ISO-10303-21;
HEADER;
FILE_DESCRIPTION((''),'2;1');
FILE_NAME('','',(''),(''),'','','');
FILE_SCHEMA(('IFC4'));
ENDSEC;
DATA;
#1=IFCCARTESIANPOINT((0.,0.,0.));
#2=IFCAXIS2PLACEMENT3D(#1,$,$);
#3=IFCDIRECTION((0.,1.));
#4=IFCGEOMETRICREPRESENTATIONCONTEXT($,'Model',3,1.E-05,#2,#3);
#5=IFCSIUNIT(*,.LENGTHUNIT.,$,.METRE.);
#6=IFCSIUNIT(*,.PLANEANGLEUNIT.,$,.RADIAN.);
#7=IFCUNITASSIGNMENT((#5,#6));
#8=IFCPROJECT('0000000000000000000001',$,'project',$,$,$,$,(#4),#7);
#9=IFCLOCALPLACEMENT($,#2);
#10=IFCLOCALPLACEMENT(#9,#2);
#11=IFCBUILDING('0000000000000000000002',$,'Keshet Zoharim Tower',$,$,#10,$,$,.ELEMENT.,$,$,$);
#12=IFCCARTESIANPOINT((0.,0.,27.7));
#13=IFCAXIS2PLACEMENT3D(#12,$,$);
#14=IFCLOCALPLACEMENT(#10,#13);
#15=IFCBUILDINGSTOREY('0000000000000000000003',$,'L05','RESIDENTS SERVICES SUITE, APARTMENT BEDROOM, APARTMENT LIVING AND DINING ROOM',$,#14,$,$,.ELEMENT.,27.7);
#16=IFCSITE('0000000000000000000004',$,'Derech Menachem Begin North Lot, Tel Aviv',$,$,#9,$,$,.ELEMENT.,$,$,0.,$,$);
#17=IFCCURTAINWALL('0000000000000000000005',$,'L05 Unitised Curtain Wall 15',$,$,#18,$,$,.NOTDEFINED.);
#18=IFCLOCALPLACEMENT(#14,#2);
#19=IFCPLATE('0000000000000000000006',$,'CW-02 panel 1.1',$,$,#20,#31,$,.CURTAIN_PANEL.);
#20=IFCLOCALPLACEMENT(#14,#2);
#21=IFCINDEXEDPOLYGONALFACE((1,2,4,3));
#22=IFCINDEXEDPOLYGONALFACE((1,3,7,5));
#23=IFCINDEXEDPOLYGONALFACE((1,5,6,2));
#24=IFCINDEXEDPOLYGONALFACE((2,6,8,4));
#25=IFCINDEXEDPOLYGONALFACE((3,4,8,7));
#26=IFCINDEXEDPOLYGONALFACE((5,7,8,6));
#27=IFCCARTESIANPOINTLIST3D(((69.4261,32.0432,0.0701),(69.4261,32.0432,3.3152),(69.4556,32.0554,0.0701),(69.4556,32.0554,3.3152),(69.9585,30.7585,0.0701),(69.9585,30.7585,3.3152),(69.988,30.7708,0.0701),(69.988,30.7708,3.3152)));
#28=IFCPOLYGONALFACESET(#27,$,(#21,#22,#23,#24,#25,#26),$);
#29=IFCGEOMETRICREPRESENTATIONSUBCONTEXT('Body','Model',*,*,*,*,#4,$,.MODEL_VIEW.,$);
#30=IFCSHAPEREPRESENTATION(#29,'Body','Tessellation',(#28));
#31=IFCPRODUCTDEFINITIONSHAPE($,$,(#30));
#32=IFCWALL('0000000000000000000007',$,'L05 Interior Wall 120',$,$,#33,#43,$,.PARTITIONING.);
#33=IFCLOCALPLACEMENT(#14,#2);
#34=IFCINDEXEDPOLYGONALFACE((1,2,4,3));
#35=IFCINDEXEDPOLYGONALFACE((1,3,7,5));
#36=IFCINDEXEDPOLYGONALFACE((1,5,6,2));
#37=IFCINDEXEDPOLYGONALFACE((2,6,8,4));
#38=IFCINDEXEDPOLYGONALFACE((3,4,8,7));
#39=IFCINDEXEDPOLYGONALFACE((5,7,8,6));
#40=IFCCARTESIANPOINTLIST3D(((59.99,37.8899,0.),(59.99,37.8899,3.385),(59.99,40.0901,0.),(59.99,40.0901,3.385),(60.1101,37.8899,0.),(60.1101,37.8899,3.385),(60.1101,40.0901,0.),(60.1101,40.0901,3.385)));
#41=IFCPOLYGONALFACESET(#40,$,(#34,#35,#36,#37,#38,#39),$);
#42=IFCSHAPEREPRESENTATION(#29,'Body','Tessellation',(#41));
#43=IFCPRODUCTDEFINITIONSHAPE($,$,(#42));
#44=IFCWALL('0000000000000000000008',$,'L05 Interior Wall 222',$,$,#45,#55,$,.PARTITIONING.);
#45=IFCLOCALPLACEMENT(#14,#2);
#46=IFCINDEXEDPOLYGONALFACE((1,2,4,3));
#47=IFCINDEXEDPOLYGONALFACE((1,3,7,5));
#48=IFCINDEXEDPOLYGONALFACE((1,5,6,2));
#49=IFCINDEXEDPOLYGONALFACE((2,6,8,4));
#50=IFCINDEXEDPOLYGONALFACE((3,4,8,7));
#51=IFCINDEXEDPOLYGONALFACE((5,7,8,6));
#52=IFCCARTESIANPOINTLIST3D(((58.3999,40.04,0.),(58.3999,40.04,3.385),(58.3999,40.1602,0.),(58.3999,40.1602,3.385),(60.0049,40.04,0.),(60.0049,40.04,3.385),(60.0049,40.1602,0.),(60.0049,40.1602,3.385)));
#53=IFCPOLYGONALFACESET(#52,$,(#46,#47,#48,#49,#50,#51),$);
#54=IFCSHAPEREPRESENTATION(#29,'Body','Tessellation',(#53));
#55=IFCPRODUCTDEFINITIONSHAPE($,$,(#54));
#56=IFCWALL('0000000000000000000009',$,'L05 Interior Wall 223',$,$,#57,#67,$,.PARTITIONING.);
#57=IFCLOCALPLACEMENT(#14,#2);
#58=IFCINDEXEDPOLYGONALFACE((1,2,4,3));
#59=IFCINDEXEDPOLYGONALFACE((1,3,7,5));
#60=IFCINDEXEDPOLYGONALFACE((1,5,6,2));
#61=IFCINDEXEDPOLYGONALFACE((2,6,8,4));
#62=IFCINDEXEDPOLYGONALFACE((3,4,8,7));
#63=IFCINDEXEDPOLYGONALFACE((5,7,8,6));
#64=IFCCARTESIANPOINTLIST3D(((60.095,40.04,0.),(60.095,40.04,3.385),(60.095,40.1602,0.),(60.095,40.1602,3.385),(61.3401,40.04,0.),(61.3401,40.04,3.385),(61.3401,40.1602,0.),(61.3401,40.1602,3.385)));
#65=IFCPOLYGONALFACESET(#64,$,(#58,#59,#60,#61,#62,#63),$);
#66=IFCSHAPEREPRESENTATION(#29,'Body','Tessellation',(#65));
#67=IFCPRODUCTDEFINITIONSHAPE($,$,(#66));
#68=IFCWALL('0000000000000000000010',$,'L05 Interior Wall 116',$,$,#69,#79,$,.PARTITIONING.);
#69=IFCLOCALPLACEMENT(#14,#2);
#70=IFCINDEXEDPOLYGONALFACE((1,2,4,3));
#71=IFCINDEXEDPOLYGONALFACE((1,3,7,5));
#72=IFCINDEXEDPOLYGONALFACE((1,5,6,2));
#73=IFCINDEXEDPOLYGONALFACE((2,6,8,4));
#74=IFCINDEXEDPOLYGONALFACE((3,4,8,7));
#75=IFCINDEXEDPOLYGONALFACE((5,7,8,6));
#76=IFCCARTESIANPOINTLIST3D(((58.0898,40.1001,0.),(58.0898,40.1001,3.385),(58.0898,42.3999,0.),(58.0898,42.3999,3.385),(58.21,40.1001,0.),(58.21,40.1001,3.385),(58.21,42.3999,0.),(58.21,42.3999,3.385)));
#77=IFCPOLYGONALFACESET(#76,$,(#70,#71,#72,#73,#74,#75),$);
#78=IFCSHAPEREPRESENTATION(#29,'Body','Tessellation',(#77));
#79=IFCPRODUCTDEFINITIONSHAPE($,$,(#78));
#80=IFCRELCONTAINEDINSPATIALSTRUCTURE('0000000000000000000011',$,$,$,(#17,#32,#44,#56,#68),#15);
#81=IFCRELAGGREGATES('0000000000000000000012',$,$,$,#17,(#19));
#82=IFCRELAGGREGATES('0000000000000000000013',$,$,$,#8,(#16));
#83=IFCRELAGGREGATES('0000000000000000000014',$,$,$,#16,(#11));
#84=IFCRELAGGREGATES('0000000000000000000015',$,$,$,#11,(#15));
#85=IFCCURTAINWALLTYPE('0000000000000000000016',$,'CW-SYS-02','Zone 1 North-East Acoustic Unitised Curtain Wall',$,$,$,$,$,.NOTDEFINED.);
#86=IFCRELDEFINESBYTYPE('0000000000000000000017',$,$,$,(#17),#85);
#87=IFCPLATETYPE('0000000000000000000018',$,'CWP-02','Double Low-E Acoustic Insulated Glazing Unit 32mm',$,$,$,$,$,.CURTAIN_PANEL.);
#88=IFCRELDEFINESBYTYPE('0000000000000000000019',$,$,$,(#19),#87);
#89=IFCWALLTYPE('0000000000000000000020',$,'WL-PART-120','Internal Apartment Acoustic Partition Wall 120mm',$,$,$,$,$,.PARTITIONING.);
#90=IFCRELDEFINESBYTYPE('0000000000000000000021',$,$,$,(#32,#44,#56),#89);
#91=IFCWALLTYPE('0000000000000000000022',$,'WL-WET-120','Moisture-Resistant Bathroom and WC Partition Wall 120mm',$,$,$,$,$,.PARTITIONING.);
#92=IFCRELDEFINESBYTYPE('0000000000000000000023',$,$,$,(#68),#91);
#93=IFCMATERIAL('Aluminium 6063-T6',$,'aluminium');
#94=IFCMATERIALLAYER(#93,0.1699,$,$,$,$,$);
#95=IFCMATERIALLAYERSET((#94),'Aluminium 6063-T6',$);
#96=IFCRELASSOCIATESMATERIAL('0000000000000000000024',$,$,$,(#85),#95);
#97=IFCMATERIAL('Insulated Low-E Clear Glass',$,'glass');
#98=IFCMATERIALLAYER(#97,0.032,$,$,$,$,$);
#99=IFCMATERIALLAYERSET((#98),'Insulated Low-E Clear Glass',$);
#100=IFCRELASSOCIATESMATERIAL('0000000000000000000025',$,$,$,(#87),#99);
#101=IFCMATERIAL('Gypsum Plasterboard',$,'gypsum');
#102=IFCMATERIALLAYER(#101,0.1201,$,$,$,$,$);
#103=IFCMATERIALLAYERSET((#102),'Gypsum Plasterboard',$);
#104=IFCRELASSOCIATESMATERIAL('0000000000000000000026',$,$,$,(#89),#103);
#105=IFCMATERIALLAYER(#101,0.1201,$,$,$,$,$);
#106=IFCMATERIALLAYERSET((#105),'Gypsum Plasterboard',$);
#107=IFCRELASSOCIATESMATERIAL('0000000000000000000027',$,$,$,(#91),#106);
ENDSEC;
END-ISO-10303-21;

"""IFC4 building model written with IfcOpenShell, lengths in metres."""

from ifc_helpers import new_model, si_unit, direction, frame, frame_2d, origin, origin_2d, place, context, subcontext, project, spatial, rectangle, extrude, material, layer, layer_set, type_object, element, aggregate, save


model = new_model("IFC4")

# Units and contexts
model_context = context("Model", 3, precision=1e-05, world=origin(), true_north=direction((0.0, 1.0)))
body_context = subcontext(model_context, "Body", "Model", "MODEL_VIEW")
ifc_project = project(units=[si_unit("LENGTHUNIT", "METRE"), si_unit("PLANEANGLEUNIT", "RADIAN")], contexts=[model_context])

# Site, building, storey
site_placement = place(None, origin())
site = spatial("IfcSite", under=ifc_project, at=site_placement, Name="Derech Menachem Begin North Lot, Tel Aviv", CompositionType="ELEMENT", RefElevation=0.0)
building_placement = place(site_placement, origin())
building = spatial("IfcBuilding", under=site, at=building_placement, Name="Keshet Zoharim Tower", CompositionType="ELEMENT")
storey_placement = place(building_placement, frame((0.0, 0.0, 27.7)))
storey = spatial("IfcBuildingStorey", under=building, at=storey_placement, Name="L05", Description="RESIDENTS SERVICES SUITE, APARTMENT BEDROOM, APARTMENT LIVING AND DINING ROOM", CompositionType="ELEMENT", Elevation=27.7)

# Shared definitions
ifc_material_1 = material(Name="Aluminium 6063-T6", Category="aluminium")
ifc_layer_1 = layer(ifc_material_1, 0.1699)
ifc_layer_set_1 = layer_set([ifc_layer_1], Name="Aluminium 6063-T6")
curtain_wall_type_1 = type_object("IfcCurtainWallType", Name="CW-SYS-02", Description="Zone 1 North-East Acoustic Unitised Curtain Wall", PredefinedType="NOTDEFINED", material=ifc_layer_set_1)

# Curtain wall
curtain_wall_1_placement = place(storey_placement, origin())
curtain_wall_1 = element("IfcCurtainWall", 1, at=curtain_wall_1_placement, inside=storey, type_object=curtain_wall_type_1, Name="L05 Unitised Curtain Wall 15", PredefinedType="NOTDEFINED")

# Plate
ifc_material_2 = material(Name="Insulated Low-E Clear Glass", Category="glass")
ifc_layer_2 = layer(ifc_material_2, 0.032)
ifc_layer_set_2 = layer_set([ifc_layer_2], Name="Insulated Low-E Clear Glass")
plate_type_1 = type_object("IfcPlateType", Name="CWP-02", Description="Double Low-E Acoustic Insulated Glazing Unit 32mm", PredefinedType="CURTAIN_PANEL", material=ifc_layer_set_2)
plate_1_placement = place(storey_placement, frame((69.707, 31.407, 0.0701), z_axis=(0.0, 0.0, 1.0), x_axis=(0.382852, -0.92381, 0.0)))
plate_1 = element("IfcPlate", 2, at=plate_1_placement, type_object=plate_type_1, Name="CW-02 panel 1.1", PredefinedType="CURTAIN_PANEL", context=body_context, shape_type="SweptSolid", body=[
    extrude(rectangle(XDim=1.3906, YDim=0.032, at=origin_2d()), origin(), (0.0, 0.0, 1.0), 3.2451),
])
aggregate(curtain_wall_1, [plate_1])

# Walls
ifc_material_3 = material(Name="Gypsum Plasterboard", Category="gypsum")
ifc_layer_3 = layer(ifc_material_3, 0.1201)
ifc_layer_set_3 = layer_set([ifc_layer_3], Name="Gypsum Plasterboard")
wall_type_1 = type_object("IfcWallType", Name="WL-PART-120", Description="Internal Apartment Acoustic Partition Wall 120mm", PredefinedType="PARTITIONING", material=ifc_layer_set_3)
wall_1_placement = place(storey_placement, frame((60.05, 37.8899, 0.0), z_axis=(0.0, 0.0, 1.0), x_axis=(0.0, 1.0, 0.0)))
element("IfcWall", 3, at=wall_1_placement, inside=storey, type_object=wall_type_1, Name="L05 Interior Wall 120", PredefinedType="PARTITIONING", context=body_context, shape_type="SweptSolid", body=[
    extrude(rectangle(XDim=2.2002, YDim=0.1201, at=frame_2d((1.1001, 0.0))), origin(), (0.0, 0.0, 1.0), 3.385),
])
wall_2_placement = place(storey_placement, frame((58.3999, 40.1001, 0.0), z_axis=(0.0, 0.0, 1.0), x_axis=(1.0, 0.0, 0.0)))
element("IfcWall", 4, at=wall_2_placement, inside=storey, type_object=wall_type_1, Name="L05 Interior Wall 222", PredefinedType="PARTITIONING", context=body_context, shape_type="SweptSolid", body=[
    extrude(rectangle(XDim=1.605, YDim=0.1201, at=frame_2d((0.8025, 0.0))), origin(), (0.0, 0.0, 1.0), 3.385),
])
wall_3_placement = place(storey_placement, frame((60.095, 40.1001, 0.0), z_axis=(0.0, 0.0, 1.0), x_axis=(1.0, 0.0, 0.0)))
element("IfcWall", 5, at=wall_3_placement, inside=storey, type_object=wall_type_1, Name="L05 Interior Wall 223", PredefinedType="PARTITIONING", context=body_context, shape_type="SweptSolid", body=[
    extrude(rectangle(XDim=1.2451, YDim=0.1201, at=frame_2d((0.6226, 0.0))), origin(), (0.0, 0.0, 1.0), 3.385),
])
ifc_layer_4 = layer(ifc_material_3, 0.1201)
ifc_layer_set_4 = layer_set([ifc_layer_4], Name="Gypsum Plasterboard")
wall_type_2 = type_object("IfcWallType", Name="WL-WET-120", Description="Moisture-Resistant Bathroom and WC Partition Wall 120mm", PredefinedType="PARTITIONING", material=ifc_layer_set_4)
wall_4_placement = place(storey_placement, frame((58.1499, 40.1001, 0.0), z_axis=(0.0, 0.0, 1.0), x_axis=(0.0, 1.0, 0.0)))
element("IfcWall", 6, at=wall_4_placement, inside=storey, type_object=wall_type_2, Name="L05 Interior Wall 116", PredefinedType="PARTITIONING", context=body_context, shape_type="SweptSolid", body=[
    extrude(rectangle(XDim=2.2998, YDim=0.1201, at=frame_2d((1.1499, 0.0))), origin(), (0.0, 0.0, 1.0), 3.385),
])

save(model, "model.ifc")
